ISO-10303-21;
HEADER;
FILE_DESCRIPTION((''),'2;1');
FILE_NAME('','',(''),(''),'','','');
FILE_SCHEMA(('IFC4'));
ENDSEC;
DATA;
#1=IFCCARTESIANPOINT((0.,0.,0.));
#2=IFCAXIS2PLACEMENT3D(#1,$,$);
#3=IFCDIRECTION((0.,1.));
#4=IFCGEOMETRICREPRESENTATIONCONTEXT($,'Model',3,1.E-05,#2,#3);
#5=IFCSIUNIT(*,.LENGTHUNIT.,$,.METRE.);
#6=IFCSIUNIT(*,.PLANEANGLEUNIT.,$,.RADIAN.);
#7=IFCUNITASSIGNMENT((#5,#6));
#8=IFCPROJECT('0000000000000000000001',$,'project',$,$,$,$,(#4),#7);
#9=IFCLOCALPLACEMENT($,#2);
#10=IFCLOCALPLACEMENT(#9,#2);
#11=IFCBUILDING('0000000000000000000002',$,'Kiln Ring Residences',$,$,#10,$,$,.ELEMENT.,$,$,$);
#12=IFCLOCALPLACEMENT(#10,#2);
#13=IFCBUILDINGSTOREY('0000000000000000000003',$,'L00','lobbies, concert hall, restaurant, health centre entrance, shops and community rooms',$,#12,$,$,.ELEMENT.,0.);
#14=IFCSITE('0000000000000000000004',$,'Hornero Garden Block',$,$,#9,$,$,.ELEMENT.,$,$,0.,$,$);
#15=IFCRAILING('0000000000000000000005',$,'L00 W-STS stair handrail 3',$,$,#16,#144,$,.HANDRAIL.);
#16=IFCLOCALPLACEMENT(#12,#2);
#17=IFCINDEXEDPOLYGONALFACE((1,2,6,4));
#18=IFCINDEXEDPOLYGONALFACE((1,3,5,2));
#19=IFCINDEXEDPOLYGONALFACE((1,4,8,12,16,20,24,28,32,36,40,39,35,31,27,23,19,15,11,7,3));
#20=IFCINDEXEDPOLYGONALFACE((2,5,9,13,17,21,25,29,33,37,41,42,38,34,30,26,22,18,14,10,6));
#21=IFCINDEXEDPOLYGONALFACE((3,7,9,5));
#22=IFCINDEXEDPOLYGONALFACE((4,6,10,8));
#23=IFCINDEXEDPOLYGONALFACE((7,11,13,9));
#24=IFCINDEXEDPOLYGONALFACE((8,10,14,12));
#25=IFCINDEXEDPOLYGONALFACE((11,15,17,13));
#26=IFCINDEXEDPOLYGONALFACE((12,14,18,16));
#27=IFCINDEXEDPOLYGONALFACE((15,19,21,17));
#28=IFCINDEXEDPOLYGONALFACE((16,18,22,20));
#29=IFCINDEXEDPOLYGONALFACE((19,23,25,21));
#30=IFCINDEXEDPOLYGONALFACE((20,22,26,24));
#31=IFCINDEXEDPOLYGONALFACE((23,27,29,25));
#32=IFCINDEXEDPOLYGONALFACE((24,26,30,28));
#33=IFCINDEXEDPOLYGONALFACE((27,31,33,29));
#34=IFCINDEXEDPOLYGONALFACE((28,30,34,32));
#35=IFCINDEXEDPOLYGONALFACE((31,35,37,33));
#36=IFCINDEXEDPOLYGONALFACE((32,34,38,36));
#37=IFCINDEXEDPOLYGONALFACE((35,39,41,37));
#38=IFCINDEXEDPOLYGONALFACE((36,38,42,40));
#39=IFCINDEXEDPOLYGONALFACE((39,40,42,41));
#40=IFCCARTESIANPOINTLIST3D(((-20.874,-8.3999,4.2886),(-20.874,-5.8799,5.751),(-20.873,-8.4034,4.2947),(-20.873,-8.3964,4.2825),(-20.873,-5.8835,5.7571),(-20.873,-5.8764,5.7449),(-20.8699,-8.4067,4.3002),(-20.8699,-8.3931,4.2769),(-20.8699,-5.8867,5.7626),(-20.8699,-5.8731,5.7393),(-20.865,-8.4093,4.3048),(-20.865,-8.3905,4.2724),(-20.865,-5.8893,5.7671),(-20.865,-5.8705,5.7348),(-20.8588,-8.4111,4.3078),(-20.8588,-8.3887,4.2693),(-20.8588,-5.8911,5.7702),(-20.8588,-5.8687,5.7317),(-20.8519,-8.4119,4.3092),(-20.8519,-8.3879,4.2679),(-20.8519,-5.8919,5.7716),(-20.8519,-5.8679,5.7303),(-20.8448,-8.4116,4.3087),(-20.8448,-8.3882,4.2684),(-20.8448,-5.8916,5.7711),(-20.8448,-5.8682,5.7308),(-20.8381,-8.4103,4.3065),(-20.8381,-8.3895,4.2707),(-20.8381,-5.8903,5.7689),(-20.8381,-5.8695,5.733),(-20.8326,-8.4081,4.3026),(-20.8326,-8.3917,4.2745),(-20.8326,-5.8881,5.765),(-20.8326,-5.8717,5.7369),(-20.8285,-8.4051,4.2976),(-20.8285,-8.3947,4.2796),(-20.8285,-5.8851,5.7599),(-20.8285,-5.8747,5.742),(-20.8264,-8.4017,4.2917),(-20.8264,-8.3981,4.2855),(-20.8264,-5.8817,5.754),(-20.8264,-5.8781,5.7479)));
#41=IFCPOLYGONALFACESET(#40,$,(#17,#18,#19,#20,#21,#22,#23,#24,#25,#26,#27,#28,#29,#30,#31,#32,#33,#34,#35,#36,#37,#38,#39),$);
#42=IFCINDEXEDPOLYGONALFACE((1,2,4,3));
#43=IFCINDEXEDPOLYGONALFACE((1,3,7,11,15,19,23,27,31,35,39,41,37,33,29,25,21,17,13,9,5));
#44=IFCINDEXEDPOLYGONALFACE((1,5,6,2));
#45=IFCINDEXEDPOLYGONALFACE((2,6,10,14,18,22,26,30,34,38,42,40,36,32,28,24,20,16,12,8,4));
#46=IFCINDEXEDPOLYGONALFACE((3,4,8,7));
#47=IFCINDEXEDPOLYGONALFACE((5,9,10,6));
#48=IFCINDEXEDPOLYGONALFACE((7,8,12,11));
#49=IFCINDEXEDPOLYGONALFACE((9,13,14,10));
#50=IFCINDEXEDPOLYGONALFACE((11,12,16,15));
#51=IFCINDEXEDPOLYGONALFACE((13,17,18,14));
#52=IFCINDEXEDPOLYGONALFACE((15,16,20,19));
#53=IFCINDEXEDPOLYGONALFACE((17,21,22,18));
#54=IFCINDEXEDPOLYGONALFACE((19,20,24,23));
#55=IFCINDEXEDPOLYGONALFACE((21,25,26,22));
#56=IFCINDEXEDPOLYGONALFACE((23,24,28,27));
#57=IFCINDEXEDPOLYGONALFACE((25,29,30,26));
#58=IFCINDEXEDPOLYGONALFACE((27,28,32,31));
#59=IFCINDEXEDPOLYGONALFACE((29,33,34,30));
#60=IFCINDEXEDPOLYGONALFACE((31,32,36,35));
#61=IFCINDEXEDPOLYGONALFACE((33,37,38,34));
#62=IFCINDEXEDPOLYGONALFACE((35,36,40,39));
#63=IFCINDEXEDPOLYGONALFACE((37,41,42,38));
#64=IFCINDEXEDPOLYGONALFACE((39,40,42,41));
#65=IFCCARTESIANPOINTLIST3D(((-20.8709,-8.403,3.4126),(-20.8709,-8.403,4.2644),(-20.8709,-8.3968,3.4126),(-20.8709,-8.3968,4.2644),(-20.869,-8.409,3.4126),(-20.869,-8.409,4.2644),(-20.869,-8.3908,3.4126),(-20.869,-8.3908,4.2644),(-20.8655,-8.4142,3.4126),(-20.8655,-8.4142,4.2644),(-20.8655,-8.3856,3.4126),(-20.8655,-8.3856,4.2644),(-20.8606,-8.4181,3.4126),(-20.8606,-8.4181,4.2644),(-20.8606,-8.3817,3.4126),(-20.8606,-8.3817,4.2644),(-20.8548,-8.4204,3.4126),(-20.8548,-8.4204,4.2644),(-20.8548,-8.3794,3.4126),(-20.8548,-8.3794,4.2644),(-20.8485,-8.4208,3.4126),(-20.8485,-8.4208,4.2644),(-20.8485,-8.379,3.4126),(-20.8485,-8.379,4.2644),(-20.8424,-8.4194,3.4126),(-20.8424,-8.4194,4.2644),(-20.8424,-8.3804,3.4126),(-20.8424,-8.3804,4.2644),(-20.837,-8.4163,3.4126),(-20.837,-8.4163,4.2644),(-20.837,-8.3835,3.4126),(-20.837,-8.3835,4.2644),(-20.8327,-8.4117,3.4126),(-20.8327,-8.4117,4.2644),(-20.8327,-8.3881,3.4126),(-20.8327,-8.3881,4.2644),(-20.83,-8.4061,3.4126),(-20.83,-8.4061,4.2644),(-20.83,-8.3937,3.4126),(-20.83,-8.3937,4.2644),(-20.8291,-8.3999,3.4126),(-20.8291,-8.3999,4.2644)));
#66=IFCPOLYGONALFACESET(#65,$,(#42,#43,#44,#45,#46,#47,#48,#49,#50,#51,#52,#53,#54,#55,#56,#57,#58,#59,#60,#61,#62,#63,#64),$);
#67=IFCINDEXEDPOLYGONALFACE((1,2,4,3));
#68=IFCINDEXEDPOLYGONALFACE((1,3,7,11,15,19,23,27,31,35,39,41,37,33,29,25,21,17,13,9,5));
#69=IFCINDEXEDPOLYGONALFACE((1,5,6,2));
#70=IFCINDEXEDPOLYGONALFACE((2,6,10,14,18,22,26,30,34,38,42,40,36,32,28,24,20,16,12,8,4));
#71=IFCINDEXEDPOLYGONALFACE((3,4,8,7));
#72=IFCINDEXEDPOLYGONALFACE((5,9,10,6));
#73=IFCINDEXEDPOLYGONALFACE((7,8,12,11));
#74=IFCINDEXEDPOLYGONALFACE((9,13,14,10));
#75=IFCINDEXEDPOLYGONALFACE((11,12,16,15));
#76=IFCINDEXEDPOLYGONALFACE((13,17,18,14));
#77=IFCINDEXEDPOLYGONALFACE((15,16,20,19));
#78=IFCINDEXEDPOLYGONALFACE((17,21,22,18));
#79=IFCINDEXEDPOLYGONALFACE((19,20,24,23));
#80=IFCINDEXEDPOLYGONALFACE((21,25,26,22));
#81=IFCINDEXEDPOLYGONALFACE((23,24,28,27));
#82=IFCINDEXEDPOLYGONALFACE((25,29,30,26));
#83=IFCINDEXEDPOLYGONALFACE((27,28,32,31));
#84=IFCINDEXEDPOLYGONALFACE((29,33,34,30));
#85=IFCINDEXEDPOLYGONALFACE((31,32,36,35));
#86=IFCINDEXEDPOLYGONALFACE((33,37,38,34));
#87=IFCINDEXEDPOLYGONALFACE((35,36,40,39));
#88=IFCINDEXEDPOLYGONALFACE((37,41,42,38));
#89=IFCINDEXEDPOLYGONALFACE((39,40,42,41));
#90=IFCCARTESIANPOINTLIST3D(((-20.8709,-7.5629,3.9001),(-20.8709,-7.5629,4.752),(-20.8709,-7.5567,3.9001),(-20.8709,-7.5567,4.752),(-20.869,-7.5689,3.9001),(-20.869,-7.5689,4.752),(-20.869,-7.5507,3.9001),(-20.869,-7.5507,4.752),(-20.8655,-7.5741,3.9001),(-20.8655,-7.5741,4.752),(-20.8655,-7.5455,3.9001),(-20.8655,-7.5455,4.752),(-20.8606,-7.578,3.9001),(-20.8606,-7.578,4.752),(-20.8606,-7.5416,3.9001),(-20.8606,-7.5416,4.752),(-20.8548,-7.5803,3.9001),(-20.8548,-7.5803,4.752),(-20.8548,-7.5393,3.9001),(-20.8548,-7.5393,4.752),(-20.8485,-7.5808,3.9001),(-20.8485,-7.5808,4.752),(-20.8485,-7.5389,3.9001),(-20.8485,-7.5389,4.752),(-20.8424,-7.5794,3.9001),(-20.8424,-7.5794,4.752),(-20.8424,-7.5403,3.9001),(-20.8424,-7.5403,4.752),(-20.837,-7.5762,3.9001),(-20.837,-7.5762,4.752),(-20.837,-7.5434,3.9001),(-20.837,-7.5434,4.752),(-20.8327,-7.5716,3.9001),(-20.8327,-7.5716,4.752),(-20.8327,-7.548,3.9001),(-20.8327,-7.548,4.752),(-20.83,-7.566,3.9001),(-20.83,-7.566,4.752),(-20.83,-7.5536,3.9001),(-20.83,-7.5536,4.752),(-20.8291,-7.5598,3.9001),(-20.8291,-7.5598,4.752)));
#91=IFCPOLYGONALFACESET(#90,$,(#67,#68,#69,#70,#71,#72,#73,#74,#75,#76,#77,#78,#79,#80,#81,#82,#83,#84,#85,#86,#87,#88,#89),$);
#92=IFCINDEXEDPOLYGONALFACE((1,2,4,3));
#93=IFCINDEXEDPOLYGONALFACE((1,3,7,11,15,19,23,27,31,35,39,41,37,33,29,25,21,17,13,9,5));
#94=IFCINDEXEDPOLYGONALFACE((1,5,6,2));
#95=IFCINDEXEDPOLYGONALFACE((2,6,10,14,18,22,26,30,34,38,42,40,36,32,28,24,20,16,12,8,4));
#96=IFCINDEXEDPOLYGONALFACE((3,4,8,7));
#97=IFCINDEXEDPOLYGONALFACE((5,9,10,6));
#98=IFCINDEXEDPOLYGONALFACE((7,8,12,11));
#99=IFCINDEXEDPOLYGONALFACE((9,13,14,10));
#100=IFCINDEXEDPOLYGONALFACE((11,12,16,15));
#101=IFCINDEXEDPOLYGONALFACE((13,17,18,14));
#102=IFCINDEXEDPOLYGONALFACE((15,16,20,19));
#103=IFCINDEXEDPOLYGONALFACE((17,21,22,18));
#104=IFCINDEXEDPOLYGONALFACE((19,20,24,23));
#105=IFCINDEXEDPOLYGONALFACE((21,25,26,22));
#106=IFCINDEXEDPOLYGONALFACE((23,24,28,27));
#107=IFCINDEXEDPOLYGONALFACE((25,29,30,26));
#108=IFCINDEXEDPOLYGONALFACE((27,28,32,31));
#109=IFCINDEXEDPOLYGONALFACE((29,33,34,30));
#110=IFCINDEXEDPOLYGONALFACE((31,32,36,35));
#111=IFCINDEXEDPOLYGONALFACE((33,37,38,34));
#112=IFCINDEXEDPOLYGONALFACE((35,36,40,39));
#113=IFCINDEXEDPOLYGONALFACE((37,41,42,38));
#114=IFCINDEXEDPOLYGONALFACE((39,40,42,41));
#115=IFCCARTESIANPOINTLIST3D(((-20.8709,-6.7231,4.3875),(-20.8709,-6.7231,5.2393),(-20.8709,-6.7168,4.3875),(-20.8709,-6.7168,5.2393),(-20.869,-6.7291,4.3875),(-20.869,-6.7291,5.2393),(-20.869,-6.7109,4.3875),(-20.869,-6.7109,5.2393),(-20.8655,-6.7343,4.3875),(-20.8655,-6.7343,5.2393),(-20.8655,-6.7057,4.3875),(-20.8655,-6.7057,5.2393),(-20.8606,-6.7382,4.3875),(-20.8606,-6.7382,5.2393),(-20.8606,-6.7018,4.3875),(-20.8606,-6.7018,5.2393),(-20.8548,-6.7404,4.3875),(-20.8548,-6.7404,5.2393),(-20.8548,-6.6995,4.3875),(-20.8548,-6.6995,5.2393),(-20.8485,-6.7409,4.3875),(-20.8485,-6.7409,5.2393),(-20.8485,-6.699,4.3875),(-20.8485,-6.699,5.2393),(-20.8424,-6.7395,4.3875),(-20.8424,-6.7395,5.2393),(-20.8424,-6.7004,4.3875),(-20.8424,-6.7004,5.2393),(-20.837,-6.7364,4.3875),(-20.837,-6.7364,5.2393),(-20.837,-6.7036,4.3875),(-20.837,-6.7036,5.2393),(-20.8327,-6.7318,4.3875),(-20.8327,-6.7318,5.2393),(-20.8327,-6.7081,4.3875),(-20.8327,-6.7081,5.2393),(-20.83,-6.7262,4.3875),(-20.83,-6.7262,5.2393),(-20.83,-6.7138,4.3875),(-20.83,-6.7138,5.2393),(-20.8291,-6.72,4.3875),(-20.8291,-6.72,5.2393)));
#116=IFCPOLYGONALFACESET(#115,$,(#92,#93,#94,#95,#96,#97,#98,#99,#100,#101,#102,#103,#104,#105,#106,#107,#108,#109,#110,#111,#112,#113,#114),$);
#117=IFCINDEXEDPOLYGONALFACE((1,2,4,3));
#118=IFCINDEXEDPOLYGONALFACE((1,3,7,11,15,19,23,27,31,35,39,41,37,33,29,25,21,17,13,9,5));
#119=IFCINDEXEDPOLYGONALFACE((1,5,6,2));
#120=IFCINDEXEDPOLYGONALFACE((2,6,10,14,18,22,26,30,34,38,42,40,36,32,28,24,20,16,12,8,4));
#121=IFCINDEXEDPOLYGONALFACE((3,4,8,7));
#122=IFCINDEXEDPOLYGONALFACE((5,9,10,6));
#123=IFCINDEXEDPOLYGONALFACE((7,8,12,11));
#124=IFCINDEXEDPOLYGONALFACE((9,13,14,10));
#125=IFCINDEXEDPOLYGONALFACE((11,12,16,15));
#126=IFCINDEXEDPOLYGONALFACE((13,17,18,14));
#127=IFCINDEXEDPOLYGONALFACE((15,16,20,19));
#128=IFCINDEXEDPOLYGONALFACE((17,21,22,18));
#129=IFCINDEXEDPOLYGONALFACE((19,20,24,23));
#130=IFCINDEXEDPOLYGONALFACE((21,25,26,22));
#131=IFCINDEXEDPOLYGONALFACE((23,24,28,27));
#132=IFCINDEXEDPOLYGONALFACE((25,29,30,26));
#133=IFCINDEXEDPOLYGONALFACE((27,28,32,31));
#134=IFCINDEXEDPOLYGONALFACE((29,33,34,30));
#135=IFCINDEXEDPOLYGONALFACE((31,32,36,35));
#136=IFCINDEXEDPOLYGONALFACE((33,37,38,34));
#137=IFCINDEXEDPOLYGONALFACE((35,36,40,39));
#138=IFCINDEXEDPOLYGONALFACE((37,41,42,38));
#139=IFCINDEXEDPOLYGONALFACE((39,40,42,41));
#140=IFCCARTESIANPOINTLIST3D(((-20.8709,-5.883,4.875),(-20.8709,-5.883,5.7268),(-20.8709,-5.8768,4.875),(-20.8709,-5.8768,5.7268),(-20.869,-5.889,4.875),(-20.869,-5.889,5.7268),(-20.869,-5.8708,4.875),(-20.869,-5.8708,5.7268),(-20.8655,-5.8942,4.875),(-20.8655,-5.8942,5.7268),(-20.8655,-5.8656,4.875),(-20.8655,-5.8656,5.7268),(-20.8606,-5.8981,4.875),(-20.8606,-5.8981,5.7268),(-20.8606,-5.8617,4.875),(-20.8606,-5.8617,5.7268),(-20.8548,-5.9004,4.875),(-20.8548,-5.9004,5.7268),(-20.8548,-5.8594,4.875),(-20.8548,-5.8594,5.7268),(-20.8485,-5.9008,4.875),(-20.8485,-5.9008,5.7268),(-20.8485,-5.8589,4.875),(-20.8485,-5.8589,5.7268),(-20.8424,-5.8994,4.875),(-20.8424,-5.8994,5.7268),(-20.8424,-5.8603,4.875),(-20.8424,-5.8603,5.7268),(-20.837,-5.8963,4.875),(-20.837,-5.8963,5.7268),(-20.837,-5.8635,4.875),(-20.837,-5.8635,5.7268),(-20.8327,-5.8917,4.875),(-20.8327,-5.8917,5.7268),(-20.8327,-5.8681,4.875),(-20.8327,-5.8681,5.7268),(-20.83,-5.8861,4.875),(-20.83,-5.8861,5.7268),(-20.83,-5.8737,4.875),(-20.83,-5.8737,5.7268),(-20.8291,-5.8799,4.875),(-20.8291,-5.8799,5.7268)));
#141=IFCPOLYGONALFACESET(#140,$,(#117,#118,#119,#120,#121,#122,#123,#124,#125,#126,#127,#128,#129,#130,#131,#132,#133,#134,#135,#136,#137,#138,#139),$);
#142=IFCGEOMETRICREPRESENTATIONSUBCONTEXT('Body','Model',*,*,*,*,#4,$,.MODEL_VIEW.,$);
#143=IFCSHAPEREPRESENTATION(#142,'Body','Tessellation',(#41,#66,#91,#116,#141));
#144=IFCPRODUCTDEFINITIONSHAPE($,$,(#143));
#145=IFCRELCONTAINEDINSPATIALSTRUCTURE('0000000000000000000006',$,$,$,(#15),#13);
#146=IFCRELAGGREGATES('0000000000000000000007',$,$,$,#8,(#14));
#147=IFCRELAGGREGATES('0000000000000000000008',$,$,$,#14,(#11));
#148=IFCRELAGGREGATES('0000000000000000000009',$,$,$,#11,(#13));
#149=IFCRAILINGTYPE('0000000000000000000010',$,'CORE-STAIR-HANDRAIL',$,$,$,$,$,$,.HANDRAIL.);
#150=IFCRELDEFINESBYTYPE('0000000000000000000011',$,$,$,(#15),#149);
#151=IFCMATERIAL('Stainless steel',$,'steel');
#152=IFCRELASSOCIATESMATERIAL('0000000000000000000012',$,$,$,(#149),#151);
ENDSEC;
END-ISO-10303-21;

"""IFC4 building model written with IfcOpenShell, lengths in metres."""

from ifc_helpers import new_model, si_unit, direction, frame, origin, origin_2d, place, context, subcontext, project, spatial, circle, extrude, material, type_object, element, save


model = new_model("IFC4")

# Units and contexts
model_context = context("Model", 3, precision=1e-05, world=origin(), true_north=direction((0.0, 1.0)))
body_context = subcontext(model_context, "Body", "Model", "MODEL_VIEW")
ifc_project = project(units=[si_unit("LENGTHUNIT", "METRE"), si_unit("PLANEANGLEUNIT", "RADIAN")], contexts=[model_context])

# Site, building, storey
site_placement = place(None, origin())
site = spatial("IfcSite", under=ifc_project, at=site_placement, Name="Hornero Garden Block", CompositionType="ELEMENT", RefElevation=0.0)
building_placement = place(site_placement, origin())
building = spatial("IfcBuilding", under=site, at=building_placement, Name="Kiln Ring Residences", CompositionType="ELEMENT")
storey_placement = place(building_placement, origin())
storey = spatial("IfcBuildingStorey", under=building, at=storey_placement, Name="L00", Description="lobbies, concert hall, restaurant, health centre entrance, shops and community rooms", CompositionType="ELEMENT", Elevation=0.0)

# Railing
ifc_material_1 = material(Name="Stainless steel", Category="steel")
railing_type_1 = type_object("IfcRailingType", Name="CORE-STAIR-HANDRAIL", PredefinedType="HANDRAIL", material=ifc_material_1)
for number, where, name in (
    (1, (-20.8501, -8.3999, 3.4126), "L00 W-STS stair handrail 3"),
):
    element("IfcRailing", number, at=place(storey_placement, frame(where)), inside=storey, type_object=railing_type_1, Name=name, PredefinedType="HANDRAIL", context=body_context, shape_type="SweptSolid", body=[
        extrude(circle(Radius=0.0239, at=origin_2d()), frame((0.0, 0.0, 0.876), z_axis=(0.0, 0.864913, 0.501921), x_axis=(-1.0, 0.0, 0.0)), (0.0, 0.0, 1.0), 2.9136),
        extrude(circle(Radius=0.021, at=origin_2d()), origin(), (0.0, 0.0, 1.0), 0.8518),
        extrude(circle(Radius=0.021, at=origin_2d()), frame((0.0, 0.8401, 0.4875)), (0.0, 0.0, 1.0), 0.8518),
        extrude(circle(Radius=0.021, at=origin_2d()), frame((0.0, 1.6799, 0.9749)), (0.0, 0.0, 1.0), 0.8518),
        extrude(circle(Radius=0.021, at=origin_2d()), frame((0.0, 2.52, 1.4624)), (0.0, 0.0, 1.0), 0.8518),
    ])

save(model, "model.ifc")
